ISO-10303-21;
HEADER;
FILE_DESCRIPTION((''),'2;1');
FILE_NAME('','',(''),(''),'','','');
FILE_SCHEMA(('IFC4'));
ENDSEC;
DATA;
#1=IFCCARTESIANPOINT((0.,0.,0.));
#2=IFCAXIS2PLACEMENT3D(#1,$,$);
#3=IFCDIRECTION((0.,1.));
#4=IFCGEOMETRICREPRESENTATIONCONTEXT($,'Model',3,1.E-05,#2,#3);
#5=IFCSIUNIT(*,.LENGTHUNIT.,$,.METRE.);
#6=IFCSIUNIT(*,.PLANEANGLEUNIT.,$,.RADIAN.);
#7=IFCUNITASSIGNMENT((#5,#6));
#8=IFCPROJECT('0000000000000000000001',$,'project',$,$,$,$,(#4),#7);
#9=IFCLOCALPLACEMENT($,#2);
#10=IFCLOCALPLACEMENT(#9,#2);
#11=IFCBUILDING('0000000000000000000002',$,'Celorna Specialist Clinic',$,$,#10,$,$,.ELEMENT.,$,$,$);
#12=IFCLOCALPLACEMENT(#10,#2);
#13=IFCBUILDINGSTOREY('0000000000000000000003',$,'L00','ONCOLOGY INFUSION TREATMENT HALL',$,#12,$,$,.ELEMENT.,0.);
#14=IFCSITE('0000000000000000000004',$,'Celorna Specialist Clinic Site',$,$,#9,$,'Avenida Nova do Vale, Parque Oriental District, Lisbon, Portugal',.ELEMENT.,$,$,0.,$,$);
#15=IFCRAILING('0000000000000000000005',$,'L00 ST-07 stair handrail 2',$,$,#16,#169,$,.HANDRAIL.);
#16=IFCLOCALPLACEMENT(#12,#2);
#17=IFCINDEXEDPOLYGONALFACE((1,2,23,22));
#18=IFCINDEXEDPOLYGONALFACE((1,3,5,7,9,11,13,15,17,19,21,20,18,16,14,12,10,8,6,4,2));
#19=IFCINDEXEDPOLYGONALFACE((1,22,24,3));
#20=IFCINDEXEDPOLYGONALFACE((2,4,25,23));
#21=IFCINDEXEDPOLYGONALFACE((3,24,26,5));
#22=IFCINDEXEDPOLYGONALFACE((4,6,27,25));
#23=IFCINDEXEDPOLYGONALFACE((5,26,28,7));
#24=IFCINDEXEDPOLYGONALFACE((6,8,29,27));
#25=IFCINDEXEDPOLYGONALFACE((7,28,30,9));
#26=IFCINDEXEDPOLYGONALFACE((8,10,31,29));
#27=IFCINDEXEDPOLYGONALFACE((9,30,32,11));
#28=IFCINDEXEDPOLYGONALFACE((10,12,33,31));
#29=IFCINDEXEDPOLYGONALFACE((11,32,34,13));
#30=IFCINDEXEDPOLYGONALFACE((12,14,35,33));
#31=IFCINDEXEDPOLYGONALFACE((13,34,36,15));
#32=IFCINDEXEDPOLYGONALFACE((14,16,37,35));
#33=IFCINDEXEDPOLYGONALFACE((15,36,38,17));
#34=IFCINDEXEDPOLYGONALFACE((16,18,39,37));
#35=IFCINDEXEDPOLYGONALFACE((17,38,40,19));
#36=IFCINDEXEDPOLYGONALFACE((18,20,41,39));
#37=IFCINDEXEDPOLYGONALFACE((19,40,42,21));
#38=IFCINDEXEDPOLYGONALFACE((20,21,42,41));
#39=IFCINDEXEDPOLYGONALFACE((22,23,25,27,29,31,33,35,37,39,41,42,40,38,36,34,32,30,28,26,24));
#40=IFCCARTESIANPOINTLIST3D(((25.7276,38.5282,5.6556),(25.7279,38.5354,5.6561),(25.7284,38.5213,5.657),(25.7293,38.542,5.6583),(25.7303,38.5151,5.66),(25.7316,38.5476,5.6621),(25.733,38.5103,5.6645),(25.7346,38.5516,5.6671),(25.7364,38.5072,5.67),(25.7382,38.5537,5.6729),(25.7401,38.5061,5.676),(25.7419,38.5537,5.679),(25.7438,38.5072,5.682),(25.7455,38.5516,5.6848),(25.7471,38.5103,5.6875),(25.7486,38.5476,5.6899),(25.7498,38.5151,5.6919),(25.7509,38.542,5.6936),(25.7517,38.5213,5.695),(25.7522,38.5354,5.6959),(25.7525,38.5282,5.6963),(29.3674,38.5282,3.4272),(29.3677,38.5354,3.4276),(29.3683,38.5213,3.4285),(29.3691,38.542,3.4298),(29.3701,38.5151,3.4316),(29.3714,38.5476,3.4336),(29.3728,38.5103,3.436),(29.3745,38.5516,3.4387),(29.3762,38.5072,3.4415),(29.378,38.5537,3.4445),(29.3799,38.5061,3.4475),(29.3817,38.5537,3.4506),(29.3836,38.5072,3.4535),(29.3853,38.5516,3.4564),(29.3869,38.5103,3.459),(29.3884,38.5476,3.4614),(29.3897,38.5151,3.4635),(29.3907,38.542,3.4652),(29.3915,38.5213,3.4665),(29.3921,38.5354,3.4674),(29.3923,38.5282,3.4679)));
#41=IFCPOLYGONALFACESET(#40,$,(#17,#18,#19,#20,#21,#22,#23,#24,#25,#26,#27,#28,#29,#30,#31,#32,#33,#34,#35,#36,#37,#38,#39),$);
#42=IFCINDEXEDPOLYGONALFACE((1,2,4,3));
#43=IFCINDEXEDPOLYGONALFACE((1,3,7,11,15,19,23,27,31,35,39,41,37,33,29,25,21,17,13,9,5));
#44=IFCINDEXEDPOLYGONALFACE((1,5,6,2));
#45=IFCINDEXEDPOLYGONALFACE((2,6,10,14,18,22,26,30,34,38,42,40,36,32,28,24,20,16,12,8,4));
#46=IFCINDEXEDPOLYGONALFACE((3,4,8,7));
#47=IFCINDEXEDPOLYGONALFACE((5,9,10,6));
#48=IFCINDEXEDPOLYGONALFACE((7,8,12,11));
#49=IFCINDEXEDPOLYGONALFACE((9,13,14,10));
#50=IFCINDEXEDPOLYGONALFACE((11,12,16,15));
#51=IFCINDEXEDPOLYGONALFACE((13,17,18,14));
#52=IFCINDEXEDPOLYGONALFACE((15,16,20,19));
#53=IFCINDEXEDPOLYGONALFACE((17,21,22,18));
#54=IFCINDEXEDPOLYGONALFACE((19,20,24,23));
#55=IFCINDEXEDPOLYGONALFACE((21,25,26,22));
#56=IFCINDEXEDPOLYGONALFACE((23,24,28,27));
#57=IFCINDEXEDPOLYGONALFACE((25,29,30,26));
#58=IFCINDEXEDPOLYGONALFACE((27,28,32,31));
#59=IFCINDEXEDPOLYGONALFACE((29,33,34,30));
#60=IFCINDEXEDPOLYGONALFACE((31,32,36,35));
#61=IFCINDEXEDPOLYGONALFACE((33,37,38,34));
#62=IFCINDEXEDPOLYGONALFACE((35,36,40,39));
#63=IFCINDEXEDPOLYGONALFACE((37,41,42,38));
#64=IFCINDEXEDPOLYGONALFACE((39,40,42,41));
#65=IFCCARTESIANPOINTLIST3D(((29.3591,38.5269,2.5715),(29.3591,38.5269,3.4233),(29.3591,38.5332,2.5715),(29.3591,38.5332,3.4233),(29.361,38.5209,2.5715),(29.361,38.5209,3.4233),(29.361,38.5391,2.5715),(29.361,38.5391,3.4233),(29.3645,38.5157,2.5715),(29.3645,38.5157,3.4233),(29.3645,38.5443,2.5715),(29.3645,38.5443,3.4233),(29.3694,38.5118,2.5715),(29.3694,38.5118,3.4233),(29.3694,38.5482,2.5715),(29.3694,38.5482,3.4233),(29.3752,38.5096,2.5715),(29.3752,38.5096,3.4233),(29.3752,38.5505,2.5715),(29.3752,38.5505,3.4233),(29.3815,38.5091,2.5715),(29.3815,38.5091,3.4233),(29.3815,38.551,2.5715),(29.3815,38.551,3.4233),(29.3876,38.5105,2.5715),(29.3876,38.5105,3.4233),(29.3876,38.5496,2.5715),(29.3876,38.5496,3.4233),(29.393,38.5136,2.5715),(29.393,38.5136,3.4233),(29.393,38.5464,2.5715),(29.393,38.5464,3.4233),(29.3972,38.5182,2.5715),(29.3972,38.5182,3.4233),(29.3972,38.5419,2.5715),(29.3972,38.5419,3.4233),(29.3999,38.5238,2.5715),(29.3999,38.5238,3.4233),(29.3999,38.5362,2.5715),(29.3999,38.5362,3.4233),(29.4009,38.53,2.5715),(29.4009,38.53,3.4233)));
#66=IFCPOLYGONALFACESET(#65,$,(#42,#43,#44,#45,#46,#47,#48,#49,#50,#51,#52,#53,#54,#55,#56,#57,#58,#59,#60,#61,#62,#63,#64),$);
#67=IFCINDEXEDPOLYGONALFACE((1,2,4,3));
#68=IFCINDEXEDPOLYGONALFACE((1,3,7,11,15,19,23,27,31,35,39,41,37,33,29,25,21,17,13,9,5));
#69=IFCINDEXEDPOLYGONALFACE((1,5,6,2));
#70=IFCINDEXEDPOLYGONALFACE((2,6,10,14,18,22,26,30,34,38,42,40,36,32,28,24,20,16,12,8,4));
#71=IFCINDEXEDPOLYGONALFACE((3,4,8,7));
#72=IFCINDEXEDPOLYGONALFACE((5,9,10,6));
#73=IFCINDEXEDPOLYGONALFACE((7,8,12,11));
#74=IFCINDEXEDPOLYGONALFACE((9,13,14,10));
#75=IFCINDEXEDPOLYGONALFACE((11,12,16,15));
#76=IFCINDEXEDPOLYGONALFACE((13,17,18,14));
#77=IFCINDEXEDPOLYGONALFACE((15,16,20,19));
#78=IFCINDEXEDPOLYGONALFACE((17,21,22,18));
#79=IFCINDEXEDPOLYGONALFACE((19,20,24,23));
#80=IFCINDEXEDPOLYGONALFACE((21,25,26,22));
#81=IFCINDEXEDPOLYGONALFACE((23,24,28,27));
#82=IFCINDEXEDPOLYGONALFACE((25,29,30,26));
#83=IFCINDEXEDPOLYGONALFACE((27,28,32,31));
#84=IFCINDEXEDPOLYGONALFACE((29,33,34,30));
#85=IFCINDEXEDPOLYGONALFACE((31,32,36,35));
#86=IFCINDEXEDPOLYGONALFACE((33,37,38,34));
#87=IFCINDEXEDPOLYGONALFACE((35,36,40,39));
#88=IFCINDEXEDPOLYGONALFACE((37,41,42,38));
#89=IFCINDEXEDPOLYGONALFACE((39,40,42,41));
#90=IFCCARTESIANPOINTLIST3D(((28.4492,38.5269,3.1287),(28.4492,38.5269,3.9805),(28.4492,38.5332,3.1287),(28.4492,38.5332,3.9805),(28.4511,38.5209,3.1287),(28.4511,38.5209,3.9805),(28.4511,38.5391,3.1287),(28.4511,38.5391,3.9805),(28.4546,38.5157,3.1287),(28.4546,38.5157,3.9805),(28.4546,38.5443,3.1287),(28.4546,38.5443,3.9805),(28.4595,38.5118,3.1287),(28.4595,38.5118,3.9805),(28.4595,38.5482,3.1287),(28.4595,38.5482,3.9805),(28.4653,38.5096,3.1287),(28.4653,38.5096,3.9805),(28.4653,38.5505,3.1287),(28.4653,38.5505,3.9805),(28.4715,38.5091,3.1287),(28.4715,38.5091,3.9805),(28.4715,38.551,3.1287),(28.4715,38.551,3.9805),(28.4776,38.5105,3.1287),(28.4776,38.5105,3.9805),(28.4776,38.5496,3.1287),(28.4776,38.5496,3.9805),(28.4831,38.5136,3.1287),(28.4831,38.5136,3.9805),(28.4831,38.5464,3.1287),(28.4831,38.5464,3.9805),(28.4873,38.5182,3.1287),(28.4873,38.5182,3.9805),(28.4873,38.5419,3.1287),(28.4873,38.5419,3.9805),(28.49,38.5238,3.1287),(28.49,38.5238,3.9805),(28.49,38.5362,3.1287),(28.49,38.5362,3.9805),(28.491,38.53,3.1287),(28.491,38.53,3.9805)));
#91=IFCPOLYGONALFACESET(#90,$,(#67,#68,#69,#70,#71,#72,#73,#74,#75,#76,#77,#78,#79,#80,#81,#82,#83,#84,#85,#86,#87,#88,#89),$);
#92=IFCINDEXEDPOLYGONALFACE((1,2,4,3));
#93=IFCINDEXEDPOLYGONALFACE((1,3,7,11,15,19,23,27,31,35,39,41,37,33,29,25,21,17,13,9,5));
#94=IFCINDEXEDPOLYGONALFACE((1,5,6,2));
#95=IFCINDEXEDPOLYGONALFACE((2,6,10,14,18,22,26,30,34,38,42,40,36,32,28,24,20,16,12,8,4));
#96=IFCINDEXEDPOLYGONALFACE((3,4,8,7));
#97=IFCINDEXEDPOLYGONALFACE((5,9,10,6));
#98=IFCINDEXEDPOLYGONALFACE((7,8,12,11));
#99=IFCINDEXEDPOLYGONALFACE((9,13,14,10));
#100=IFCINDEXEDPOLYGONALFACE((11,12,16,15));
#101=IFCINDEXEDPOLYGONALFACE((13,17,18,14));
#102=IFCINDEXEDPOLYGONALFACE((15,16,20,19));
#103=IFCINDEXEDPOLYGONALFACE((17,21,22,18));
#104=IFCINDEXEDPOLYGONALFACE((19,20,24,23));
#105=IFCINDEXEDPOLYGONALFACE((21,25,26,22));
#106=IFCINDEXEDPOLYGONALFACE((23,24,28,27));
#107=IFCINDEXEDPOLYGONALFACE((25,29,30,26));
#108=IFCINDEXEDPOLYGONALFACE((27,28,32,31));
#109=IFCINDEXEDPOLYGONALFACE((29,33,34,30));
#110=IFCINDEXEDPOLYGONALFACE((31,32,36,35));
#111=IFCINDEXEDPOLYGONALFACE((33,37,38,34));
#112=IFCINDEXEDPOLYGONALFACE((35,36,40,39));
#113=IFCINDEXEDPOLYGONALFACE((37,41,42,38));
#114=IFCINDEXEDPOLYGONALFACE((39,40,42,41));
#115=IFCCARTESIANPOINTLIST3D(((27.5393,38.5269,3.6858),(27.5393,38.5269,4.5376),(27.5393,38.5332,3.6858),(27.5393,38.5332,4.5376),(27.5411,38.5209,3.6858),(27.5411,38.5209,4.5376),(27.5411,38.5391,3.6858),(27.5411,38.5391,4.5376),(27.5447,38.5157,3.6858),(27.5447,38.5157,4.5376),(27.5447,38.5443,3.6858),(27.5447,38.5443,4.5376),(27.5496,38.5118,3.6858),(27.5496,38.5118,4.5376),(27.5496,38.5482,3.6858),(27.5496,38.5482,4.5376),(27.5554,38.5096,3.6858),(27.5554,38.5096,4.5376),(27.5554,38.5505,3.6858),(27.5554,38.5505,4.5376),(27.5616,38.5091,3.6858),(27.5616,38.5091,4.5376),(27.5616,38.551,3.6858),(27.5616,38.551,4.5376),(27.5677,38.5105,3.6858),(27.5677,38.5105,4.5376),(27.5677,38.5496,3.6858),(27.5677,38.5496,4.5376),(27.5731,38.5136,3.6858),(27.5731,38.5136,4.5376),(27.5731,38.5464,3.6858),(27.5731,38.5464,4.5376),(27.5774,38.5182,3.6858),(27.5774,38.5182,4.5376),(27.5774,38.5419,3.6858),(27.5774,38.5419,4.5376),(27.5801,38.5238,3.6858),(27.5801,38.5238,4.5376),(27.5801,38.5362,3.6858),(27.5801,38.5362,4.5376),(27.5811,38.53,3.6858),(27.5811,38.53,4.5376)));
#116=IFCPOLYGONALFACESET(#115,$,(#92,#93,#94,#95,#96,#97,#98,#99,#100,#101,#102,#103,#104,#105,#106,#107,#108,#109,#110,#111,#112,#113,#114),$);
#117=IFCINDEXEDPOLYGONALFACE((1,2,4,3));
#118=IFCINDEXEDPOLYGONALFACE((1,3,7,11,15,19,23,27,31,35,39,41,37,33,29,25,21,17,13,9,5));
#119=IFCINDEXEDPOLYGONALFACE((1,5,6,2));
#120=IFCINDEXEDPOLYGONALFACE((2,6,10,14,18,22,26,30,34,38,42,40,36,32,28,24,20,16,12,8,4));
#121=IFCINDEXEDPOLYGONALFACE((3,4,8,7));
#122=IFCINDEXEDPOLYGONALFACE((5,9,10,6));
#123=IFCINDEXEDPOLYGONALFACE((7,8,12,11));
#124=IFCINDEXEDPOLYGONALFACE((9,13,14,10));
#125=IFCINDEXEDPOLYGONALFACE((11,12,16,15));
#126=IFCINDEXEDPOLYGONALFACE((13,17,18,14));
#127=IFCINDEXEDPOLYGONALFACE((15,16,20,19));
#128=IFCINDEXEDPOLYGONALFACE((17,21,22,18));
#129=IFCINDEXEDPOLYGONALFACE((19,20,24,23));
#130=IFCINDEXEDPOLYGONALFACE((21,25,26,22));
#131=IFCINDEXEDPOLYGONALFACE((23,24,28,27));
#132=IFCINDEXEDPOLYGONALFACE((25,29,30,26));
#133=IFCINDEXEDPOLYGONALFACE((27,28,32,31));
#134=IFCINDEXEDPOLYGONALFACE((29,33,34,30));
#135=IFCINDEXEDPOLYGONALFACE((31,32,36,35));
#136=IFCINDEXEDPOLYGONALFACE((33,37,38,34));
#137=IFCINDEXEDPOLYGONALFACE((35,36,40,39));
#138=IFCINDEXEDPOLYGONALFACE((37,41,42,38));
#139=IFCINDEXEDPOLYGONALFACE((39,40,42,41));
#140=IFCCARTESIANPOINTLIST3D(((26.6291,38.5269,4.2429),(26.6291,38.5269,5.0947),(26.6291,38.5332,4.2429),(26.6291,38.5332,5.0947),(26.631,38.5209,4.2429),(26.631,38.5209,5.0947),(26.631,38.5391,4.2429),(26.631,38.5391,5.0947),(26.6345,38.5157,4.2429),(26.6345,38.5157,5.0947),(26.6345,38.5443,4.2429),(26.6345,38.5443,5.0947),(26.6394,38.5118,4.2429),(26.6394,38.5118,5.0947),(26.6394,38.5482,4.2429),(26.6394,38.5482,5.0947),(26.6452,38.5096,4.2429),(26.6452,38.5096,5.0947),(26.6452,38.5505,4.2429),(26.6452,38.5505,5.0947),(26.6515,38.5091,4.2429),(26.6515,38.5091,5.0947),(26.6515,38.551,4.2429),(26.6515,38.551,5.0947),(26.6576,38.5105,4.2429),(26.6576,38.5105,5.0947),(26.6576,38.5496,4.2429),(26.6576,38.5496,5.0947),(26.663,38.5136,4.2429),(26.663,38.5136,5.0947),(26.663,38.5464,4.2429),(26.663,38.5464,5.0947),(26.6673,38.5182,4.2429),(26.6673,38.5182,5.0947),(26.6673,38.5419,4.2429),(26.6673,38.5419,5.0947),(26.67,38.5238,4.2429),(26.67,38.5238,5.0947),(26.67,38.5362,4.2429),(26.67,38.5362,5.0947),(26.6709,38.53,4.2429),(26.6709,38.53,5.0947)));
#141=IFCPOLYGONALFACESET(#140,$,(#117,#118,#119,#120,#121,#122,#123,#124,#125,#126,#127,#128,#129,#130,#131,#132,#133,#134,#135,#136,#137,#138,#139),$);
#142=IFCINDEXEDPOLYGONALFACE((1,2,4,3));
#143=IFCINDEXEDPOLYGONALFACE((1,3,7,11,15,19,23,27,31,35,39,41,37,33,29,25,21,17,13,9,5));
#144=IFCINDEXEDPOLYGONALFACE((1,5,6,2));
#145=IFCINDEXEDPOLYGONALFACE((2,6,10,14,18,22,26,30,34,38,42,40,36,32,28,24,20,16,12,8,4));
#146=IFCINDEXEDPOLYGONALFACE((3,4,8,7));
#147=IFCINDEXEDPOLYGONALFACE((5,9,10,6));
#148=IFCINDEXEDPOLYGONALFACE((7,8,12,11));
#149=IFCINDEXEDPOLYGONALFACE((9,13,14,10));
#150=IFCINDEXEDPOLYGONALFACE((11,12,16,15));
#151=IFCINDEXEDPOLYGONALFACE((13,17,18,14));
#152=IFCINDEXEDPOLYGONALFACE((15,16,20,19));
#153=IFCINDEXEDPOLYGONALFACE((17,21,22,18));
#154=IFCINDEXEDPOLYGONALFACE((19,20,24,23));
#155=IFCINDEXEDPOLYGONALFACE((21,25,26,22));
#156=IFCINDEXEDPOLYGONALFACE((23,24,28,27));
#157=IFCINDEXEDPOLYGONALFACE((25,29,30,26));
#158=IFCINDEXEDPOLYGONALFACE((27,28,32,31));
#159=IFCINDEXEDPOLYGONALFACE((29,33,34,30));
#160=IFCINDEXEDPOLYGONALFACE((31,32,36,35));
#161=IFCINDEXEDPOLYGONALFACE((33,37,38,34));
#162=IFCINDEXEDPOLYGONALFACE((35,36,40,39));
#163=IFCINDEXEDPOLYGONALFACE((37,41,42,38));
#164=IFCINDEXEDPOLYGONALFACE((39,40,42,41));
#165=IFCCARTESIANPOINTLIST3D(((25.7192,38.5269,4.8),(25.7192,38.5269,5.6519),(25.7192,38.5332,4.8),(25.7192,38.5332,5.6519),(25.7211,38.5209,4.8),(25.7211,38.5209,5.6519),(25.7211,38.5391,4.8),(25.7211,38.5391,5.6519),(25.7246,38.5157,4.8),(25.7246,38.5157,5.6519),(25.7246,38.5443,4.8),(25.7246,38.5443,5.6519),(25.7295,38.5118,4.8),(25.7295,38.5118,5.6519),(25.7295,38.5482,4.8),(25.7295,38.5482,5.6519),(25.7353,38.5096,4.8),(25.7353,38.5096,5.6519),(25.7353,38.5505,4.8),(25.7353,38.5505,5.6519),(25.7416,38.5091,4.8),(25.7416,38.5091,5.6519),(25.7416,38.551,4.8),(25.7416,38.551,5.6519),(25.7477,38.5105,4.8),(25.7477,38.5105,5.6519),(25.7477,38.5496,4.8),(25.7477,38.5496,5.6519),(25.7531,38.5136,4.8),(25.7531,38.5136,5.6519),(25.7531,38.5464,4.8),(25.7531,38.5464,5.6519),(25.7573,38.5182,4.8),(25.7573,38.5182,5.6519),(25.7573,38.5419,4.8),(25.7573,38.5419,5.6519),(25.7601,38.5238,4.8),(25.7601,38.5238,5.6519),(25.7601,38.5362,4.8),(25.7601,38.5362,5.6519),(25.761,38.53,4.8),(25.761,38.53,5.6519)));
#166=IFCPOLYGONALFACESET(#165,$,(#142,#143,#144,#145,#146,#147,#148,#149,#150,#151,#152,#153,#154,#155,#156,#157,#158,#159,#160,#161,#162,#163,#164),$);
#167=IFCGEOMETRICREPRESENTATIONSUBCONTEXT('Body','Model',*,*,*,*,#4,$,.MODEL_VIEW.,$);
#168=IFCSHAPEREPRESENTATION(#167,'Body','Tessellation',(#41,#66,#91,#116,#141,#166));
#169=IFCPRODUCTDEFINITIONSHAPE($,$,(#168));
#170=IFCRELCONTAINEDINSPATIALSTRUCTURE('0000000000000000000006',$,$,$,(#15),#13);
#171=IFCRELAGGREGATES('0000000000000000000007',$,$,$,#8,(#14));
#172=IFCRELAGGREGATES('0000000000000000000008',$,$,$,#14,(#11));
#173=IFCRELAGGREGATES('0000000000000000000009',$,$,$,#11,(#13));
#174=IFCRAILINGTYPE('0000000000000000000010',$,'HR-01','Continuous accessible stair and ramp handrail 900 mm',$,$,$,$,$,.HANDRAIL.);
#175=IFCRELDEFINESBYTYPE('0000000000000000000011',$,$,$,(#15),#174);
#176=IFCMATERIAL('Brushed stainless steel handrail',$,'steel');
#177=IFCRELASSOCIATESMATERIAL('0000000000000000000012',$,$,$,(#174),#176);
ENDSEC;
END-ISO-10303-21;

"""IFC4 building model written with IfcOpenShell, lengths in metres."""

from ifc_helpers import new_model, si_unit, direction, frame, origin, origin_2d, place, context, subcontext, project, spatial, circle, extrude, material, type_object, element, save


model = new_model("IFC4")

# Units and contexts
model_context = context("Model", 3, precision=1e-05, world=origin(), true_north=direction((0.0, 1.0)))
body_context = subcontext(model_context, "Body", "Model", "MODEL_VIEW")
ifc_project = project(units=[si_unit("LENGTHUNIT", "METRE"), si_unit("PLANEANGLEUNIT", "RADIAN")], contexts=[model_context])

# Site, building, storey
site_placement = place(None, origin())
site = spatial("IfcSite", under=ifc_project, at=site_placement, Name="Celorna Specialist Clinic Site", LongName="Avenida Nova do Vale, Parque Oriental District, Lisbon, Portugal", CompositionType="ELEMENT", RefElevation=0.0)
building_placement = place(site_placement, origin())
building = spatial("IfcBuilding", under=site, at=building_placement, Name="Celorna Specialist Clinic", CompositionType="ELEMENT")
storey_placement = place(building_placement, origin())
storey = spatial("IfcBuildingStorey", under=building, at=storey_placement, Name="L00", Description="ONCOLOGY INFUSION TREATMENT HALL", CompositionType="ELEMENT", Elevation=0.0)

# Railing
ifc_material_1 = material(Name="Brushed stainless steel handrail", Category="steel")
railing_type_1 = type_object("IfcRailingType", Name="HR-01", Description="Continuous accessible stair and ramp handrail 900 mm", PredefinedType="HANDRAIL", material=ifc_material_1)
railing_1_placement = place(storey_placement, frame((29.3799, 38.53, 2.5715)))
element("IfcRailing", 1, at=railing_1_placement, inside=storey, type_object=railing_type_1, Name="L00 ST-07 stair handrail 2", PredefinedType="HANDRAIL", context=body_context, shape_type="SweptSolid", body=[
    extrude(circle(Radius=0.0239, at=origin_2d()), frame((0.0, 0.0, 0.876), z_axis=(-0.85285, 0.0, 0.522156), x_axis=(0.0, -1.0, 0.0)), (0.0, 0.0, 1.0), 4.2678),
    extrude(circle(Radius=0.021, at=origin_2d()), origin(), (0.0, 0.0, 1.0), 0.8518),
    extrude(circle(Radius=0.021, at=origin_2d()), frame((-0.9099, 0.0, 0.5571)), (0.0, 0.0, 1.0), 0.8518),
    extrude(circle(Radius=0.021, at=origin_2d()), frame((-1.8198, 0.0, 1.1143)), (0.0, 0.0, 1.0), 0.8518),
    extrude(circle(Radius=0.021, at=origin_2d()), frame((-2.73, 0.0, 1.6714)), (0.0, 0.0, 1.0), 0.8518),
    extrude(circle(Radius=0.021, at=origin_2d()), frame((-3.6399, 0.0, 2.2285)), (0.0, 0.0, 1.0), 0.8518),
])

save(model, "model.ifc")
